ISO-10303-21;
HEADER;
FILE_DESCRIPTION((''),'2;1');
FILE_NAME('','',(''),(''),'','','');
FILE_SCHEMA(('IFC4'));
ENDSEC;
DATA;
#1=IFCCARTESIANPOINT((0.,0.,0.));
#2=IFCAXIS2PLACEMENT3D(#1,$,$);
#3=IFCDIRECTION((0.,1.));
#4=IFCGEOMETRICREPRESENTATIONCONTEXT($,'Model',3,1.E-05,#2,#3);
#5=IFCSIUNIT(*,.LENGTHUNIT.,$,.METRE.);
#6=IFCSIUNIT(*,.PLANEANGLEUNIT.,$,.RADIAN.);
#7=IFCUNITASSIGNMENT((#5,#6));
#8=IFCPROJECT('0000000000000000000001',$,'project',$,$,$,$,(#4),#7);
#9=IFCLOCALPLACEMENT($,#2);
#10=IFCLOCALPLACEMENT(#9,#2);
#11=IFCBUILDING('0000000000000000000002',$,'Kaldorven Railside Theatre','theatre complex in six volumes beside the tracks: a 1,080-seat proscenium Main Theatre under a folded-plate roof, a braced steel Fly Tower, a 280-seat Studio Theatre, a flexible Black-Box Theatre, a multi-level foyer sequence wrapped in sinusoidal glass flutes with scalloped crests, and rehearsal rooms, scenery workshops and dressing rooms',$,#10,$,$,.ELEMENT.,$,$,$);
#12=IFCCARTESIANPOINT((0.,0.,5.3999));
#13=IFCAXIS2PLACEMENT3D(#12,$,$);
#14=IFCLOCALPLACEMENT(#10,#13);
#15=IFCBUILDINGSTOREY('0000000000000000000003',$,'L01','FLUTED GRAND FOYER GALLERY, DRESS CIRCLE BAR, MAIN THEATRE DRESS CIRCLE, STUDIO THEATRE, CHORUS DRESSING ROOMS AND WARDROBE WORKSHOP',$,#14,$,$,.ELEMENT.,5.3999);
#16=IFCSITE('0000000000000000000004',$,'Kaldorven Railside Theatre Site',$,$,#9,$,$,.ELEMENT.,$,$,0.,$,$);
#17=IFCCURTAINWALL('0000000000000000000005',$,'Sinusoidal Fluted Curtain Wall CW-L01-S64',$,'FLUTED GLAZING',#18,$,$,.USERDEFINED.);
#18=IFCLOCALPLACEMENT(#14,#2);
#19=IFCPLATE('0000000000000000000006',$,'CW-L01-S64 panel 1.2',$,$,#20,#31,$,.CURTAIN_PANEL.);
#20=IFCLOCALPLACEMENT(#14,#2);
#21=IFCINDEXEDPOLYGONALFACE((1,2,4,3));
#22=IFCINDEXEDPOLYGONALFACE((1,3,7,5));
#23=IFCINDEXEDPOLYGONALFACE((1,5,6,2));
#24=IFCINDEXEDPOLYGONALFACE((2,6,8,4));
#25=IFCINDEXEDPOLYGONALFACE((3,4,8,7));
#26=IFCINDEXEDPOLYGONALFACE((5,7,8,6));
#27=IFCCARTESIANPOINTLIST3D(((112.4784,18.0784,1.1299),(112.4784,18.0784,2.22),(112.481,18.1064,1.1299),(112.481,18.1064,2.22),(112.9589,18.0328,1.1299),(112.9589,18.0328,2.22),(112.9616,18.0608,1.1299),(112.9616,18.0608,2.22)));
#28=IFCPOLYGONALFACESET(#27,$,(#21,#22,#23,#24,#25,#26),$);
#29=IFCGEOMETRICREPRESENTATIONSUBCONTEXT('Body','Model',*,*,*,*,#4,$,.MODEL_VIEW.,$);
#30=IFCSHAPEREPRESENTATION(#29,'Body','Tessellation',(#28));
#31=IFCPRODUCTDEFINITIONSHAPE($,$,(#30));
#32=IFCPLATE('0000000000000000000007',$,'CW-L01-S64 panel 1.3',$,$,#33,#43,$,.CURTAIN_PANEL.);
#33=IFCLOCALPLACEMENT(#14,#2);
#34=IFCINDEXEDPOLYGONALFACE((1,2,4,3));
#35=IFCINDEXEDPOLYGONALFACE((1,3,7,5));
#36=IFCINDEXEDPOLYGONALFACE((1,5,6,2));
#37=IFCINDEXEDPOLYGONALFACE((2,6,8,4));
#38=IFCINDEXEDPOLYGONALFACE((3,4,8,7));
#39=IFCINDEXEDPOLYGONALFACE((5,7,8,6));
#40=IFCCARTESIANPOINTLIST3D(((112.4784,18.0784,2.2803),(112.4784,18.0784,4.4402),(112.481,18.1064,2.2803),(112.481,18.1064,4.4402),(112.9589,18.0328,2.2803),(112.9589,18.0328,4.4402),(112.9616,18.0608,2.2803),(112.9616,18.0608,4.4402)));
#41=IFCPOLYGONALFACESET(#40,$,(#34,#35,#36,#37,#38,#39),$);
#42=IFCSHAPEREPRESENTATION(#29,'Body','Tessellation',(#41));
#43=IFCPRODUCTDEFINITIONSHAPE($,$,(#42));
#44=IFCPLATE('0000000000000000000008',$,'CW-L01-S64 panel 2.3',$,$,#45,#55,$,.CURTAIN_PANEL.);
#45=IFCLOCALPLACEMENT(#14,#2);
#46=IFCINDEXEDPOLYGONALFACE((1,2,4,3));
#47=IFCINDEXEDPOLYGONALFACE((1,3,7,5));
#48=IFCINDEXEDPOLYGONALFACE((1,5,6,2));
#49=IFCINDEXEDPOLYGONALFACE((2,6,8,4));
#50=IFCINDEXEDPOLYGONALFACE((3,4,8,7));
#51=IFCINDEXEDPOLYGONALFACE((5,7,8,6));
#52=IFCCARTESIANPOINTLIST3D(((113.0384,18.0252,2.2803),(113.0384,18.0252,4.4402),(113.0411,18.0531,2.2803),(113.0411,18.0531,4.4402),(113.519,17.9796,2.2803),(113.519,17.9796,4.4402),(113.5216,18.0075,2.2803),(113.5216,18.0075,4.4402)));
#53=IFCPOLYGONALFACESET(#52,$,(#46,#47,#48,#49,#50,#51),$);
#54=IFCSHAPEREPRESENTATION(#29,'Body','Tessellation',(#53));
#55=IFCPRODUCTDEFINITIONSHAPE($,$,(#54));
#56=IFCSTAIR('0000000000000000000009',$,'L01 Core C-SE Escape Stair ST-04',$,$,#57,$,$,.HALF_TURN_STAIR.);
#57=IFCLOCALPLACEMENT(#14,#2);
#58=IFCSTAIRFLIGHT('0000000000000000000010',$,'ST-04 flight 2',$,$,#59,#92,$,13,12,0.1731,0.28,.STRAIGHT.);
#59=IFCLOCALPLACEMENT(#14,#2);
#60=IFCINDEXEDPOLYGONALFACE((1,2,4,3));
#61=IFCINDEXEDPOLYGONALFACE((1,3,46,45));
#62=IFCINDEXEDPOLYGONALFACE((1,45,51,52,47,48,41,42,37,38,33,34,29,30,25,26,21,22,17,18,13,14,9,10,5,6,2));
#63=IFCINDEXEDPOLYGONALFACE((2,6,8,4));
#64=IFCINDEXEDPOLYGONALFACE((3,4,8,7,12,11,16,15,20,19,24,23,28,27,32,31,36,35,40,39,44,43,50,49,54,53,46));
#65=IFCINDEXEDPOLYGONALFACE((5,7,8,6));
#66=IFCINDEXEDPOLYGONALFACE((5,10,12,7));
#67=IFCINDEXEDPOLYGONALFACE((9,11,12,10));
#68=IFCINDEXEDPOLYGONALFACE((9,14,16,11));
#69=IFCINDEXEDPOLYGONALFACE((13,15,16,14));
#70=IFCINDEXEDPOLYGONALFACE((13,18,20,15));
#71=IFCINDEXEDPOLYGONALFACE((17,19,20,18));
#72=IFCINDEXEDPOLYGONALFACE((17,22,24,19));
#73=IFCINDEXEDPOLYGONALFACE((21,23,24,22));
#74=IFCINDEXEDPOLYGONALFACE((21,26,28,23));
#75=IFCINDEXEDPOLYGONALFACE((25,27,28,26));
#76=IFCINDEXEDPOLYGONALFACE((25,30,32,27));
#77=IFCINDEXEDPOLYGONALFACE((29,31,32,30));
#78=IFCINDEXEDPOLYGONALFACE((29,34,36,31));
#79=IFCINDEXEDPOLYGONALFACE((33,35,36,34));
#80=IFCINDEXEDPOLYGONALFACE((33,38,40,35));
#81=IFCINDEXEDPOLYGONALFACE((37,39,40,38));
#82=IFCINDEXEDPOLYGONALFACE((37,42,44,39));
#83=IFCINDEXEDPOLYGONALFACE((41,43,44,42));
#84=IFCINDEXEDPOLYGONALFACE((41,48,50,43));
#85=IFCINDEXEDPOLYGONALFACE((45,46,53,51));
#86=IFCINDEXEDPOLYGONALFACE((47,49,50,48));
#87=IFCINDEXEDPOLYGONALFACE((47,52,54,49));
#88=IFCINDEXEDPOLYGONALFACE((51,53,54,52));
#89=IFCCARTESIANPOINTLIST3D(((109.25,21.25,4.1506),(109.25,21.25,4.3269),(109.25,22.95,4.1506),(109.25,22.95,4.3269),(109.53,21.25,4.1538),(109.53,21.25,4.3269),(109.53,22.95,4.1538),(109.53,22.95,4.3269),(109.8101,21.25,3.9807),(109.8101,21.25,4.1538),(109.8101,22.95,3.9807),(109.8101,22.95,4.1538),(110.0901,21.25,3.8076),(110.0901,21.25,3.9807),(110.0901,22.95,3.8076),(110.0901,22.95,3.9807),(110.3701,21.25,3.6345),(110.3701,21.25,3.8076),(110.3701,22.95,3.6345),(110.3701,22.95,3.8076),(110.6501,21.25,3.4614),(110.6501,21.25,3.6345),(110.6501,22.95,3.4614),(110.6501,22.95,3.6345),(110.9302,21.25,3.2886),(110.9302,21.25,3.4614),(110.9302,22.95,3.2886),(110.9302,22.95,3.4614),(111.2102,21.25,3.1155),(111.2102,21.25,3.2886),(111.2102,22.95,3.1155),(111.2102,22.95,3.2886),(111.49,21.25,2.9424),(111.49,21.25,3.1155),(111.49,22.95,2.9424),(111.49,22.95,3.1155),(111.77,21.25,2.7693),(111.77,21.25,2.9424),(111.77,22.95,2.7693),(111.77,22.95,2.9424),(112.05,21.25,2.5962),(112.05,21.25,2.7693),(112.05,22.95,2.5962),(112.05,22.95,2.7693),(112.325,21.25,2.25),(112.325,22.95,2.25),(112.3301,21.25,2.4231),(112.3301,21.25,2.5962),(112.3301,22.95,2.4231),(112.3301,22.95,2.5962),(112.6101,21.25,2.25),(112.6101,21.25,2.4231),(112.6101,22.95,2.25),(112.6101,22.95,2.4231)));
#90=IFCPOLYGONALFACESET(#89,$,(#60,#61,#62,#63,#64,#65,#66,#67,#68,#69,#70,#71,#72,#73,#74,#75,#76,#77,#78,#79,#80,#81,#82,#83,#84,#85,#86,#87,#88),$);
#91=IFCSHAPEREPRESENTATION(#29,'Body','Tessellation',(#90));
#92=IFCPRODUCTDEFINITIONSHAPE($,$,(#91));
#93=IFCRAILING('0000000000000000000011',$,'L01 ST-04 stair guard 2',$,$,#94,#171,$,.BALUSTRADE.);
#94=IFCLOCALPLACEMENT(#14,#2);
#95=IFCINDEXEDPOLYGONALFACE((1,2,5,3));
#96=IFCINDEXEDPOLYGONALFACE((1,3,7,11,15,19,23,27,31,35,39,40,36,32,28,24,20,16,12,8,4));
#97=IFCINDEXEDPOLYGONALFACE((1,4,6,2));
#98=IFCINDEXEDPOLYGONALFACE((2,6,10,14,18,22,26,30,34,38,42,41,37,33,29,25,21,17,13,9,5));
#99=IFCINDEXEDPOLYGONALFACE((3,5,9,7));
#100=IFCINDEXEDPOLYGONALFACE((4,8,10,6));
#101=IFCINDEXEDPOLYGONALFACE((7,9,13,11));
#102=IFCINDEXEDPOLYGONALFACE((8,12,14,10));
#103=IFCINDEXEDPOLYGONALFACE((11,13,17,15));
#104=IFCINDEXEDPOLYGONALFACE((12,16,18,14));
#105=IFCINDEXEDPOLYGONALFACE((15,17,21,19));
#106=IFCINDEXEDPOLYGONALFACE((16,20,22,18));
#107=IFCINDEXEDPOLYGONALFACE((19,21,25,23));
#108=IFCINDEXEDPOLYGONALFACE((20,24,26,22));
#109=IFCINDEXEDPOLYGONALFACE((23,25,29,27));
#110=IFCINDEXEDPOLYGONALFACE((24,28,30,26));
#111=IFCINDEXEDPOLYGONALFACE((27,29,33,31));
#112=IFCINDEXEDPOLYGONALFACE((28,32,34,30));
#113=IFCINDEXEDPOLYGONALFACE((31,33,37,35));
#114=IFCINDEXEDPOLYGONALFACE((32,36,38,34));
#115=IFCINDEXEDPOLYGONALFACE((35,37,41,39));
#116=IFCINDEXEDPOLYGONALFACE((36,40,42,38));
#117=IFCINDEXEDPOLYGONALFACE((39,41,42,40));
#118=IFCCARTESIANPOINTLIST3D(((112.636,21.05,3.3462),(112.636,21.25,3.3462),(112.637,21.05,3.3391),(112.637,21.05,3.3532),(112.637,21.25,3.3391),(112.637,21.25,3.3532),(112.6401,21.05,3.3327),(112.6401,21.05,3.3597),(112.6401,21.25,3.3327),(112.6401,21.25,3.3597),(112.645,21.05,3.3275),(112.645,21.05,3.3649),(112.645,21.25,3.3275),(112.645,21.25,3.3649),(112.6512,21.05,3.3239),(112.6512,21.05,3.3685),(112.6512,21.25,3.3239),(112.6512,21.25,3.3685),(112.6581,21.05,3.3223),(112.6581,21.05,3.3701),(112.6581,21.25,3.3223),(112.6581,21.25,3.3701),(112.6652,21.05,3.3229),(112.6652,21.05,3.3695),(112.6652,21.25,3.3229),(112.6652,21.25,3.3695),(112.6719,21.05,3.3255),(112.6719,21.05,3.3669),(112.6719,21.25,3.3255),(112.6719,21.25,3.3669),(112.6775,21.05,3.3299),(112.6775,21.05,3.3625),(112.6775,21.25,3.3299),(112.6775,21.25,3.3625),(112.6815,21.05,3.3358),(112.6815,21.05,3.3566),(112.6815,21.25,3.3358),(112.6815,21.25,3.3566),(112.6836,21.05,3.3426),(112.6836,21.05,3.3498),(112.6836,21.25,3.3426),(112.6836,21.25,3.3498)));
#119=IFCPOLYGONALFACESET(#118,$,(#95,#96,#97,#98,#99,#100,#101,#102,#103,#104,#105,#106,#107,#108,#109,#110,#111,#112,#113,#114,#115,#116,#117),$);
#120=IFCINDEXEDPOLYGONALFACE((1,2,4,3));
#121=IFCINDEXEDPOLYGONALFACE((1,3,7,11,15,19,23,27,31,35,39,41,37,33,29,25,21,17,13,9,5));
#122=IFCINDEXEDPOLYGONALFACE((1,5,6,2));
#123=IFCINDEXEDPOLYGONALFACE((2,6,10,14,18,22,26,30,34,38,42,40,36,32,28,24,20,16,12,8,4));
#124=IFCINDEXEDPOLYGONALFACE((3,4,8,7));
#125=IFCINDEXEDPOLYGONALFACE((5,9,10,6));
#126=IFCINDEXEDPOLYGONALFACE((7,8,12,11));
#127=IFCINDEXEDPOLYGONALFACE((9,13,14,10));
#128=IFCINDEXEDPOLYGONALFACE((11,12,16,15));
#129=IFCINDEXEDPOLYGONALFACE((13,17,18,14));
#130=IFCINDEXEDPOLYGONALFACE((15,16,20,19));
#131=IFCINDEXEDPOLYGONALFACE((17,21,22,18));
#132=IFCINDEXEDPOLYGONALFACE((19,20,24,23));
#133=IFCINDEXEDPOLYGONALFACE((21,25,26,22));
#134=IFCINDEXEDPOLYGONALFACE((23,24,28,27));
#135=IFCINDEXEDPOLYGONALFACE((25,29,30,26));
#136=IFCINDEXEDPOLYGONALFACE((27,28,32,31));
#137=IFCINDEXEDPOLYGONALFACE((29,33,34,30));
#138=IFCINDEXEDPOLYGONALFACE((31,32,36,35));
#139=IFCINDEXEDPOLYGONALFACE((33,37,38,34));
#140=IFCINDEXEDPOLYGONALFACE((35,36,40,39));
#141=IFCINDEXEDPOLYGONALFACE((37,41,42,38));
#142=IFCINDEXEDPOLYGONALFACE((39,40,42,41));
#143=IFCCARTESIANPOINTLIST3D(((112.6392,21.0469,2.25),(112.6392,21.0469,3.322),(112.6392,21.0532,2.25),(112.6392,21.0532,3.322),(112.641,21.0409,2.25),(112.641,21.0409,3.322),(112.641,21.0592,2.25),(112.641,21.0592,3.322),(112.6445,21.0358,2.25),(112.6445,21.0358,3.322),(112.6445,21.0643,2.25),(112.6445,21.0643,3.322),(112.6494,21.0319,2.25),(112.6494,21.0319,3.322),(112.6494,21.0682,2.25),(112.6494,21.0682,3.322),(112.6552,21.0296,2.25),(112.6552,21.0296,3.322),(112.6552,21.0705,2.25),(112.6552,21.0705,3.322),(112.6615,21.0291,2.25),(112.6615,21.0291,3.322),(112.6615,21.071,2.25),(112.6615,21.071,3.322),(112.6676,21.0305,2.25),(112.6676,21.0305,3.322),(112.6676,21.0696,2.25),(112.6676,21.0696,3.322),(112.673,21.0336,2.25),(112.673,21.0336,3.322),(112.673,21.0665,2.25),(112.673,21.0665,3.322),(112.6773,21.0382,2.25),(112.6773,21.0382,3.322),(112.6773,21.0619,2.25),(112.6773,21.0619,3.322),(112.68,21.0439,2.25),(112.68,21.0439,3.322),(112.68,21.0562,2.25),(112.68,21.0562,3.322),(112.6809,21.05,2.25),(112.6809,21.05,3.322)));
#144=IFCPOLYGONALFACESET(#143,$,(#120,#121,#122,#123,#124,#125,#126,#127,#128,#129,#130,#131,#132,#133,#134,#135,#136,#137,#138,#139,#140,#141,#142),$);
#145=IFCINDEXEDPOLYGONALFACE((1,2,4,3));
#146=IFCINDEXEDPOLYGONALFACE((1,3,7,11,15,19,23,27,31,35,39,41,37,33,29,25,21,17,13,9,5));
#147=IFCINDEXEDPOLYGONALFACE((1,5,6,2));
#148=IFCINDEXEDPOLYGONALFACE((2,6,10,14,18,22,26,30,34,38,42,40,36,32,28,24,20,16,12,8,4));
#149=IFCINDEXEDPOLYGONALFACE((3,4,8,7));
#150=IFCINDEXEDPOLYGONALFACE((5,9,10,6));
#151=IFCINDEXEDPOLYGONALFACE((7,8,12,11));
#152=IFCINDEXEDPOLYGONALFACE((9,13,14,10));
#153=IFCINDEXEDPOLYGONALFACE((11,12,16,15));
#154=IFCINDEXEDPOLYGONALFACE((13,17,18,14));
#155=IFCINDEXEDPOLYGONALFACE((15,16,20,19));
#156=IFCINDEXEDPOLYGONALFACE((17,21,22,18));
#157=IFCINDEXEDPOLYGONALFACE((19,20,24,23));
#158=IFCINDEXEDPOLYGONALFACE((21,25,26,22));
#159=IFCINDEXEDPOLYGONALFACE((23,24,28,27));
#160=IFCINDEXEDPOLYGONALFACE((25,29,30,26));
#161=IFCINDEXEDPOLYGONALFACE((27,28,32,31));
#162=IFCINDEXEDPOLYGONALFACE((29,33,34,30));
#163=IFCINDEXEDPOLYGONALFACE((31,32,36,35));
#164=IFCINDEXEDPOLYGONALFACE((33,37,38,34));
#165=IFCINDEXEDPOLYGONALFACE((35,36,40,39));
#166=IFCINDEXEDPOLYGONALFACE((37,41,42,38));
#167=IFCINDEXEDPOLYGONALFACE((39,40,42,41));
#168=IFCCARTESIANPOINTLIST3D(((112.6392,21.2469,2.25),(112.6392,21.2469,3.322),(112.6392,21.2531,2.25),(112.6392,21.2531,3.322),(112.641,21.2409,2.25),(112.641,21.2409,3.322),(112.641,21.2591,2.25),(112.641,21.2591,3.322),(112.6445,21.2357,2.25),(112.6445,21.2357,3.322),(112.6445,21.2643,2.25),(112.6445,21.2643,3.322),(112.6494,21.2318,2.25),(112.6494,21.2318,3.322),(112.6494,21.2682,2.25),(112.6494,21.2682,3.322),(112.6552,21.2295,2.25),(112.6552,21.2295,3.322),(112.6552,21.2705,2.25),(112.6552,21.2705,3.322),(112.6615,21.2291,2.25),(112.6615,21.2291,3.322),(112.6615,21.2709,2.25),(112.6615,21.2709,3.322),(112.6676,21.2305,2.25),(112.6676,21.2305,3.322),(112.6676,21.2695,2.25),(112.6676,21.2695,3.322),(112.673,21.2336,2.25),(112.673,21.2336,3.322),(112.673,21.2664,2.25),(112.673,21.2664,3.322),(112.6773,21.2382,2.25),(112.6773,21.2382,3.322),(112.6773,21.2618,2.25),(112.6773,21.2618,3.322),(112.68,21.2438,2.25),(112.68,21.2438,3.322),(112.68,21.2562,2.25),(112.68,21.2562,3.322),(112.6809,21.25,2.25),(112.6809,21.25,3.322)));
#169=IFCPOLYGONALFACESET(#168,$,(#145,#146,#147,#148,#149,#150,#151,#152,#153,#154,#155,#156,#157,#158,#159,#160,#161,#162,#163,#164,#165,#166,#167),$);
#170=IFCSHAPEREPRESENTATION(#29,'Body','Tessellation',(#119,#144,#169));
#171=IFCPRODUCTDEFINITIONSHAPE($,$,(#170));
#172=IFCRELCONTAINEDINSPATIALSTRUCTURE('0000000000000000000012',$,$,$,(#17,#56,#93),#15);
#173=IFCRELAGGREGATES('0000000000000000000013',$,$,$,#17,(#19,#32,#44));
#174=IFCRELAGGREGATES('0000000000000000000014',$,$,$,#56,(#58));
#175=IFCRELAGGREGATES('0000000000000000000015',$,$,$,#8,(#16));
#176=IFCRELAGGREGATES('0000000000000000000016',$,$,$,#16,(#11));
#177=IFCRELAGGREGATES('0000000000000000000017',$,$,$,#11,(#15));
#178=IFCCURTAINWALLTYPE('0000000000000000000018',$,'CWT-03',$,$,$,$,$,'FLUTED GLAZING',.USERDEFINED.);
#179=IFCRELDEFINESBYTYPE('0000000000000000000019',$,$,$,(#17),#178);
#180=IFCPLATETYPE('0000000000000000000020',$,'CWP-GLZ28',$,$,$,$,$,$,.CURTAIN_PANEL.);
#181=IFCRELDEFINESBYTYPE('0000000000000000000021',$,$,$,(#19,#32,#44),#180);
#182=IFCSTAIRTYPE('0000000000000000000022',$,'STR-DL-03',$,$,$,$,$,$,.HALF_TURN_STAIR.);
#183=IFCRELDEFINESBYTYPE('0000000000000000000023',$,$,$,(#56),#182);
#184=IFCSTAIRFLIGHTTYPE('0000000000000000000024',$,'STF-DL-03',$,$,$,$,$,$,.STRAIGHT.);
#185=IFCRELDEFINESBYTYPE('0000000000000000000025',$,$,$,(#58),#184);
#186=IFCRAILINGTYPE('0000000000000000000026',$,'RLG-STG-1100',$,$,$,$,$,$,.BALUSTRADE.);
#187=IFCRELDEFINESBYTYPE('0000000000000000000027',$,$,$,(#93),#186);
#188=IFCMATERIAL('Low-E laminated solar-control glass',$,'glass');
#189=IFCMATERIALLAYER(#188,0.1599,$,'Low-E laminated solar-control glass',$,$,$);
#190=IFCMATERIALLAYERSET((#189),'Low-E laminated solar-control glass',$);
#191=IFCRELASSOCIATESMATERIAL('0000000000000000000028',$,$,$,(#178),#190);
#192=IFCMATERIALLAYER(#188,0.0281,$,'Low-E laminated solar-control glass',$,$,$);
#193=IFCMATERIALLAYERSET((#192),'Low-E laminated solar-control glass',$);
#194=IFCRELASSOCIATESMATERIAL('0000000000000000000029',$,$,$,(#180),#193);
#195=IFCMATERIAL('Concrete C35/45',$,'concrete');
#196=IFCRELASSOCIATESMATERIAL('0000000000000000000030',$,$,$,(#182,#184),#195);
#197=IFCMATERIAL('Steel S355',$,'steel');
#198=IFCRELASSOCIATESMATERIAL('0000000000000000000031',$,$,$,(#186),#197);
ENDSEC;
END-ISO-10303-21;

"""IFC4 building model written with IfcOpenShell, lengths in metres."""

from ifc_helpers import new_model, si_unit, direction, frame, origin, origin_2d, place, context, subcontext, project, spatial, polyline, rectangle, circle, outline, extrude, material, layer, layer_set, type_object, element, aggregate, save


model = new_model("IFC4")

# Units and contexts
model_context = context("Model", 3, precision=1e-05, world=origin(), true_north=direction((0.0, 1.0)))
body_context = subcontext(model_context, "Body", "Model", "MODEL_VIEW")
ifc_project = project(units=[si_unit("LENGTHUNIT", "METRE"), si_unit("PLANEANGLEUNIT", "RADIAN")], contexts=[model_context])

# Site, building, storey
site_placement = place(None, origin())
site = spatial("IfcSite", under=ifc_project, at=site_placement, Name="Kaldorven Railside Theatre Site", CompositionType="ELEMENT", RefElevation=0.0)
building_placement = place(site_placement, origin())
building = spatial("IfcBuilding", under=site, at=building_placement, Name="Kaldorven Railside Theatre", Description="theatre complex in six volumes beside the tracks: a 1,080-seat proscenium Main Theatre under a folded-plate roof, a braced steel Fly Tower, a 280-seat Studio Theatre, a flexible Black-Box Theatre, a multi-level foyer sequence wrapped in sinusoidal glass flutes with scalloped crests, and rehearsal rooms, scenery workshops and dressing rooms", CompositionType="ELEMENT")
storey_placement = place(building_placement, frame((0.0, 0.0, 5.3999)))
storey = spatial("IfcBuildingStorey", under=building, at=storey_placement, Name="L01", Description="FLUTED GRAND FOYER GALLERY, DRESS CIRCLE BAR, MAIN THEATRE DRESS CIRCLE, STUDIO THEATRE, CHORUS DRESSING ROOMS AND WARDROBE WORKSHOP", CompositionType="ELEMENT", Elevation=5.3999)

# Shared definitions
ifc_material_1 = material(Name="Steel S355", Category="steel")

# Curtain wall
ifc_material_2 = material(Name="Low-E laminated solar-control glass", Category="glass")
ifc_layer_1 = layer(ifc_material_2, 0.1599, Name="Low-E laminated solar-control glass")
ifc_layer_set_1 = layer_set([ifc_layer_1], Name="Low-E laminated solar-control glass")
curtain_wall_type = type_object("IfcCurtainWallType", Name="CWT-03", ElementType="FLUTED GLAZING", PredefinedType="USERDEFINED", material=ifc_layer_set_1)
curtain_wall_1_placement = place(storey_placement, origin())
curtain_wall_1 = element("IfcCurtainWall", 1, at=curtain_wall_1_placement, inside=storey, type_object=curtain_wall_type, Name="Sinusoidal Fluted Curtain Wall CW-L01-S64", ObjectType="FLUTED GLAZING", PredefinedType="USERDEFINED")

# Plates
ifc_layer_2 = layer(ifc_material_2, 0.0281, Name="Low-E laminated solar-control glass")
ifc_layer_set_2 = layer_set([ifc_layer_2], Name="Low-E laminated solar-control glass")
plate_type = type_object("IfcPlateType", Name="CWP-GLZ28", PredefinedType="CURTAIN_PANEL", material=ifc_layer_set_2)
plate_1_placement = place(storey_placement, frame((112.72, 18.0696, 1.1299), z_axis=(0.0, 0.0, 1.0), x_axis=(0.995526, -0.094492, 0.0)))
plate_1 = element("IfcPlate", 2, at=plate_1_placement, type_object=plate_type, Name="CW-L01-S64 panel 1.2", PredefinedType="CURTAIN_PANEL", context=body_context, shape_type="SweptSolid", body=[
    extrude(rectangle(XDim=0.4827, YDim=0.0281, at=origin_2d()), origin(), (0.0, 0.0, 1.0), 1.0901),
])
plate_2_placement = place(storey_placement, frame((112.72, 18.0696, 2.2803), z_axis=(0.0, 0.0, 1.0), x_axis=(0.995526, -0.094492, 0.0)))
plate_2 = element("IfcPlate", 3, at=plate_2_placement, type_object=plate_type, Name="CW-L01-S64 panel 1.3", PredefinedType="CURTAIN_PANEL", context=body_context, shape_type="SweptSolid", body=[
    extrude(rectangle(XDim=0.4827, YDim=0.0281, at=origin_2d()), origin(), (0.0, 0.0, 1.0), 2.1599),
])
plate_3_placement = place(storey_placement, frame((113.28, 18.0164, 2.2803), z_axis=(0.0, 0.0, 1.0), x_axis=(0.995526, -0.094492, 0.0)))
plate_3 = element("IfcPlate", 4, at=plate_3_placement, type_object=plate_type, Name="CW-L01-S64 panel 2.3", PredefinedType="CURTAIN_PANEL", context=body_context, shape_type="SweptSolid", body=[
    extrude(rectangle(XDim=0.4827, YDim=0.0281, at=origin_2d()), origin(), (0.0, 0.0, 1.0), 2.1599),
])
aggregate(curtain_wall_1, [plate_1, plate_2, plate_3])

# Stair, stair flight
ifc_material_3 = material(Name="Concrete C35/45", Category="concrete")
stair_type = type_object("IfcStairType", Name="STR-DL-03", PredefinedType="HALF_TURN_STAIR", material=ifc_material_3)
stair_placement = place(storey_placement, origin())
stair = element("IfcStair", 5, at=stair_placement, inside=storey, type_object=stair_type, Name="L01 Core C-SE Escape Stair ST-04", PredefinedType="HALF_TURN_STAIR")
stair_flight_type = type_object("IfcStairFlightType", Name="STF-DL-03", PredefinedType="STRAIGHT", material=ifc_material_3)
stair_flight_placement = place(storey_placement, frame((112.6101, 22.1001, 2.25), z_axis=(0.0, 0.0, 1.0), x_axis=(-1.0, 0.0, 0.0)))
stair_flight = element("IfcStairFlight", 6, at=stair_flight_placement, type_object=stair_flight_type, Name="ST-04 flight 2", NumberOfRisers=13, NumberOfTreads=12, PredefinedType="STRAIGHT", RiserHeight=0.1731, TreadLength=0.28, context=body_context, shape_type="SweptSolid", body=[
    extrude(outline(polyline([(0.0, 0.0), (0.0, 0.1731), (0.28, 0.1731), (0.28, 0.3462), (0.5601, 0.3462), (0.5601, 0.5193), (0.8401, 0.5193), (0.8401, 0.6924), (1.1201, 0.6924), (1.1201, 0.8655), (1.3999, 0.8655), (1.3999, 1.0386), (1.6799, 1.0386), (1.6799, 1.2114), (1.96, 1.2114), (1.96, 1.3845), (2.24, 1.3845), (2.24, 1.5576), (2.52, 1.5576), (2.52, 1.7307), (2.8, 1.7307), (2.8, 1.9038), (3.0801, 1.9038), (3.0801, 2.0769), (3.3601, 2.0769), (3.3601, 2.25), (3.3601, 1.9006), (0.2852, 0.0), (0.0, 0.0)])), frame((0.0, 0.8501, 0.0), z_axis=(0.0, -1.0, 0.0), x_axis=(1.0, 0.0, 0.0)), (0.0, 0.0, 1.0), 1.7),
])
aggregate(stair, [stair_flight])

# Railing
railing_type_1 = type_object("IfcRailingType", Name="RLG-STG-1100", PredefinedType="BALUSTRADE", material=ifc_material_1)
railing_1_placement = place(storey_placement, frame((112.6599, 21.05, 2.25)))
element("IfcRailing", 7, at=railing_1_placement, inside=storey, type_object=railing_type_1, Name="L01 ST-04 stair guard 2", PredefinedType="BALUSTRADE", context=body_context, shape_type="SweptSolid", body=[
    extrude(circle(Radius=0.0239, at=origin_2d()), frame((0.0, 0.0, 1.0962), z_axis=(0.0, 1.0, 0.0), x_axis=(-1.0, 0.0, 0.0)), (0.0, 0.0, 1.0), 0.2),
    extrude(circle(Radius=0.021, at=origin_2d()), origin(), (0.0, 0.0, 1.0), 1.072),
    extrude(circle(Radius=0.021, at=origin_2d()), frame((0.0, 0.2, 0.0)), (0.0, 0.0, 1.0), 1.072),
])

save(model, "model.ifc")
